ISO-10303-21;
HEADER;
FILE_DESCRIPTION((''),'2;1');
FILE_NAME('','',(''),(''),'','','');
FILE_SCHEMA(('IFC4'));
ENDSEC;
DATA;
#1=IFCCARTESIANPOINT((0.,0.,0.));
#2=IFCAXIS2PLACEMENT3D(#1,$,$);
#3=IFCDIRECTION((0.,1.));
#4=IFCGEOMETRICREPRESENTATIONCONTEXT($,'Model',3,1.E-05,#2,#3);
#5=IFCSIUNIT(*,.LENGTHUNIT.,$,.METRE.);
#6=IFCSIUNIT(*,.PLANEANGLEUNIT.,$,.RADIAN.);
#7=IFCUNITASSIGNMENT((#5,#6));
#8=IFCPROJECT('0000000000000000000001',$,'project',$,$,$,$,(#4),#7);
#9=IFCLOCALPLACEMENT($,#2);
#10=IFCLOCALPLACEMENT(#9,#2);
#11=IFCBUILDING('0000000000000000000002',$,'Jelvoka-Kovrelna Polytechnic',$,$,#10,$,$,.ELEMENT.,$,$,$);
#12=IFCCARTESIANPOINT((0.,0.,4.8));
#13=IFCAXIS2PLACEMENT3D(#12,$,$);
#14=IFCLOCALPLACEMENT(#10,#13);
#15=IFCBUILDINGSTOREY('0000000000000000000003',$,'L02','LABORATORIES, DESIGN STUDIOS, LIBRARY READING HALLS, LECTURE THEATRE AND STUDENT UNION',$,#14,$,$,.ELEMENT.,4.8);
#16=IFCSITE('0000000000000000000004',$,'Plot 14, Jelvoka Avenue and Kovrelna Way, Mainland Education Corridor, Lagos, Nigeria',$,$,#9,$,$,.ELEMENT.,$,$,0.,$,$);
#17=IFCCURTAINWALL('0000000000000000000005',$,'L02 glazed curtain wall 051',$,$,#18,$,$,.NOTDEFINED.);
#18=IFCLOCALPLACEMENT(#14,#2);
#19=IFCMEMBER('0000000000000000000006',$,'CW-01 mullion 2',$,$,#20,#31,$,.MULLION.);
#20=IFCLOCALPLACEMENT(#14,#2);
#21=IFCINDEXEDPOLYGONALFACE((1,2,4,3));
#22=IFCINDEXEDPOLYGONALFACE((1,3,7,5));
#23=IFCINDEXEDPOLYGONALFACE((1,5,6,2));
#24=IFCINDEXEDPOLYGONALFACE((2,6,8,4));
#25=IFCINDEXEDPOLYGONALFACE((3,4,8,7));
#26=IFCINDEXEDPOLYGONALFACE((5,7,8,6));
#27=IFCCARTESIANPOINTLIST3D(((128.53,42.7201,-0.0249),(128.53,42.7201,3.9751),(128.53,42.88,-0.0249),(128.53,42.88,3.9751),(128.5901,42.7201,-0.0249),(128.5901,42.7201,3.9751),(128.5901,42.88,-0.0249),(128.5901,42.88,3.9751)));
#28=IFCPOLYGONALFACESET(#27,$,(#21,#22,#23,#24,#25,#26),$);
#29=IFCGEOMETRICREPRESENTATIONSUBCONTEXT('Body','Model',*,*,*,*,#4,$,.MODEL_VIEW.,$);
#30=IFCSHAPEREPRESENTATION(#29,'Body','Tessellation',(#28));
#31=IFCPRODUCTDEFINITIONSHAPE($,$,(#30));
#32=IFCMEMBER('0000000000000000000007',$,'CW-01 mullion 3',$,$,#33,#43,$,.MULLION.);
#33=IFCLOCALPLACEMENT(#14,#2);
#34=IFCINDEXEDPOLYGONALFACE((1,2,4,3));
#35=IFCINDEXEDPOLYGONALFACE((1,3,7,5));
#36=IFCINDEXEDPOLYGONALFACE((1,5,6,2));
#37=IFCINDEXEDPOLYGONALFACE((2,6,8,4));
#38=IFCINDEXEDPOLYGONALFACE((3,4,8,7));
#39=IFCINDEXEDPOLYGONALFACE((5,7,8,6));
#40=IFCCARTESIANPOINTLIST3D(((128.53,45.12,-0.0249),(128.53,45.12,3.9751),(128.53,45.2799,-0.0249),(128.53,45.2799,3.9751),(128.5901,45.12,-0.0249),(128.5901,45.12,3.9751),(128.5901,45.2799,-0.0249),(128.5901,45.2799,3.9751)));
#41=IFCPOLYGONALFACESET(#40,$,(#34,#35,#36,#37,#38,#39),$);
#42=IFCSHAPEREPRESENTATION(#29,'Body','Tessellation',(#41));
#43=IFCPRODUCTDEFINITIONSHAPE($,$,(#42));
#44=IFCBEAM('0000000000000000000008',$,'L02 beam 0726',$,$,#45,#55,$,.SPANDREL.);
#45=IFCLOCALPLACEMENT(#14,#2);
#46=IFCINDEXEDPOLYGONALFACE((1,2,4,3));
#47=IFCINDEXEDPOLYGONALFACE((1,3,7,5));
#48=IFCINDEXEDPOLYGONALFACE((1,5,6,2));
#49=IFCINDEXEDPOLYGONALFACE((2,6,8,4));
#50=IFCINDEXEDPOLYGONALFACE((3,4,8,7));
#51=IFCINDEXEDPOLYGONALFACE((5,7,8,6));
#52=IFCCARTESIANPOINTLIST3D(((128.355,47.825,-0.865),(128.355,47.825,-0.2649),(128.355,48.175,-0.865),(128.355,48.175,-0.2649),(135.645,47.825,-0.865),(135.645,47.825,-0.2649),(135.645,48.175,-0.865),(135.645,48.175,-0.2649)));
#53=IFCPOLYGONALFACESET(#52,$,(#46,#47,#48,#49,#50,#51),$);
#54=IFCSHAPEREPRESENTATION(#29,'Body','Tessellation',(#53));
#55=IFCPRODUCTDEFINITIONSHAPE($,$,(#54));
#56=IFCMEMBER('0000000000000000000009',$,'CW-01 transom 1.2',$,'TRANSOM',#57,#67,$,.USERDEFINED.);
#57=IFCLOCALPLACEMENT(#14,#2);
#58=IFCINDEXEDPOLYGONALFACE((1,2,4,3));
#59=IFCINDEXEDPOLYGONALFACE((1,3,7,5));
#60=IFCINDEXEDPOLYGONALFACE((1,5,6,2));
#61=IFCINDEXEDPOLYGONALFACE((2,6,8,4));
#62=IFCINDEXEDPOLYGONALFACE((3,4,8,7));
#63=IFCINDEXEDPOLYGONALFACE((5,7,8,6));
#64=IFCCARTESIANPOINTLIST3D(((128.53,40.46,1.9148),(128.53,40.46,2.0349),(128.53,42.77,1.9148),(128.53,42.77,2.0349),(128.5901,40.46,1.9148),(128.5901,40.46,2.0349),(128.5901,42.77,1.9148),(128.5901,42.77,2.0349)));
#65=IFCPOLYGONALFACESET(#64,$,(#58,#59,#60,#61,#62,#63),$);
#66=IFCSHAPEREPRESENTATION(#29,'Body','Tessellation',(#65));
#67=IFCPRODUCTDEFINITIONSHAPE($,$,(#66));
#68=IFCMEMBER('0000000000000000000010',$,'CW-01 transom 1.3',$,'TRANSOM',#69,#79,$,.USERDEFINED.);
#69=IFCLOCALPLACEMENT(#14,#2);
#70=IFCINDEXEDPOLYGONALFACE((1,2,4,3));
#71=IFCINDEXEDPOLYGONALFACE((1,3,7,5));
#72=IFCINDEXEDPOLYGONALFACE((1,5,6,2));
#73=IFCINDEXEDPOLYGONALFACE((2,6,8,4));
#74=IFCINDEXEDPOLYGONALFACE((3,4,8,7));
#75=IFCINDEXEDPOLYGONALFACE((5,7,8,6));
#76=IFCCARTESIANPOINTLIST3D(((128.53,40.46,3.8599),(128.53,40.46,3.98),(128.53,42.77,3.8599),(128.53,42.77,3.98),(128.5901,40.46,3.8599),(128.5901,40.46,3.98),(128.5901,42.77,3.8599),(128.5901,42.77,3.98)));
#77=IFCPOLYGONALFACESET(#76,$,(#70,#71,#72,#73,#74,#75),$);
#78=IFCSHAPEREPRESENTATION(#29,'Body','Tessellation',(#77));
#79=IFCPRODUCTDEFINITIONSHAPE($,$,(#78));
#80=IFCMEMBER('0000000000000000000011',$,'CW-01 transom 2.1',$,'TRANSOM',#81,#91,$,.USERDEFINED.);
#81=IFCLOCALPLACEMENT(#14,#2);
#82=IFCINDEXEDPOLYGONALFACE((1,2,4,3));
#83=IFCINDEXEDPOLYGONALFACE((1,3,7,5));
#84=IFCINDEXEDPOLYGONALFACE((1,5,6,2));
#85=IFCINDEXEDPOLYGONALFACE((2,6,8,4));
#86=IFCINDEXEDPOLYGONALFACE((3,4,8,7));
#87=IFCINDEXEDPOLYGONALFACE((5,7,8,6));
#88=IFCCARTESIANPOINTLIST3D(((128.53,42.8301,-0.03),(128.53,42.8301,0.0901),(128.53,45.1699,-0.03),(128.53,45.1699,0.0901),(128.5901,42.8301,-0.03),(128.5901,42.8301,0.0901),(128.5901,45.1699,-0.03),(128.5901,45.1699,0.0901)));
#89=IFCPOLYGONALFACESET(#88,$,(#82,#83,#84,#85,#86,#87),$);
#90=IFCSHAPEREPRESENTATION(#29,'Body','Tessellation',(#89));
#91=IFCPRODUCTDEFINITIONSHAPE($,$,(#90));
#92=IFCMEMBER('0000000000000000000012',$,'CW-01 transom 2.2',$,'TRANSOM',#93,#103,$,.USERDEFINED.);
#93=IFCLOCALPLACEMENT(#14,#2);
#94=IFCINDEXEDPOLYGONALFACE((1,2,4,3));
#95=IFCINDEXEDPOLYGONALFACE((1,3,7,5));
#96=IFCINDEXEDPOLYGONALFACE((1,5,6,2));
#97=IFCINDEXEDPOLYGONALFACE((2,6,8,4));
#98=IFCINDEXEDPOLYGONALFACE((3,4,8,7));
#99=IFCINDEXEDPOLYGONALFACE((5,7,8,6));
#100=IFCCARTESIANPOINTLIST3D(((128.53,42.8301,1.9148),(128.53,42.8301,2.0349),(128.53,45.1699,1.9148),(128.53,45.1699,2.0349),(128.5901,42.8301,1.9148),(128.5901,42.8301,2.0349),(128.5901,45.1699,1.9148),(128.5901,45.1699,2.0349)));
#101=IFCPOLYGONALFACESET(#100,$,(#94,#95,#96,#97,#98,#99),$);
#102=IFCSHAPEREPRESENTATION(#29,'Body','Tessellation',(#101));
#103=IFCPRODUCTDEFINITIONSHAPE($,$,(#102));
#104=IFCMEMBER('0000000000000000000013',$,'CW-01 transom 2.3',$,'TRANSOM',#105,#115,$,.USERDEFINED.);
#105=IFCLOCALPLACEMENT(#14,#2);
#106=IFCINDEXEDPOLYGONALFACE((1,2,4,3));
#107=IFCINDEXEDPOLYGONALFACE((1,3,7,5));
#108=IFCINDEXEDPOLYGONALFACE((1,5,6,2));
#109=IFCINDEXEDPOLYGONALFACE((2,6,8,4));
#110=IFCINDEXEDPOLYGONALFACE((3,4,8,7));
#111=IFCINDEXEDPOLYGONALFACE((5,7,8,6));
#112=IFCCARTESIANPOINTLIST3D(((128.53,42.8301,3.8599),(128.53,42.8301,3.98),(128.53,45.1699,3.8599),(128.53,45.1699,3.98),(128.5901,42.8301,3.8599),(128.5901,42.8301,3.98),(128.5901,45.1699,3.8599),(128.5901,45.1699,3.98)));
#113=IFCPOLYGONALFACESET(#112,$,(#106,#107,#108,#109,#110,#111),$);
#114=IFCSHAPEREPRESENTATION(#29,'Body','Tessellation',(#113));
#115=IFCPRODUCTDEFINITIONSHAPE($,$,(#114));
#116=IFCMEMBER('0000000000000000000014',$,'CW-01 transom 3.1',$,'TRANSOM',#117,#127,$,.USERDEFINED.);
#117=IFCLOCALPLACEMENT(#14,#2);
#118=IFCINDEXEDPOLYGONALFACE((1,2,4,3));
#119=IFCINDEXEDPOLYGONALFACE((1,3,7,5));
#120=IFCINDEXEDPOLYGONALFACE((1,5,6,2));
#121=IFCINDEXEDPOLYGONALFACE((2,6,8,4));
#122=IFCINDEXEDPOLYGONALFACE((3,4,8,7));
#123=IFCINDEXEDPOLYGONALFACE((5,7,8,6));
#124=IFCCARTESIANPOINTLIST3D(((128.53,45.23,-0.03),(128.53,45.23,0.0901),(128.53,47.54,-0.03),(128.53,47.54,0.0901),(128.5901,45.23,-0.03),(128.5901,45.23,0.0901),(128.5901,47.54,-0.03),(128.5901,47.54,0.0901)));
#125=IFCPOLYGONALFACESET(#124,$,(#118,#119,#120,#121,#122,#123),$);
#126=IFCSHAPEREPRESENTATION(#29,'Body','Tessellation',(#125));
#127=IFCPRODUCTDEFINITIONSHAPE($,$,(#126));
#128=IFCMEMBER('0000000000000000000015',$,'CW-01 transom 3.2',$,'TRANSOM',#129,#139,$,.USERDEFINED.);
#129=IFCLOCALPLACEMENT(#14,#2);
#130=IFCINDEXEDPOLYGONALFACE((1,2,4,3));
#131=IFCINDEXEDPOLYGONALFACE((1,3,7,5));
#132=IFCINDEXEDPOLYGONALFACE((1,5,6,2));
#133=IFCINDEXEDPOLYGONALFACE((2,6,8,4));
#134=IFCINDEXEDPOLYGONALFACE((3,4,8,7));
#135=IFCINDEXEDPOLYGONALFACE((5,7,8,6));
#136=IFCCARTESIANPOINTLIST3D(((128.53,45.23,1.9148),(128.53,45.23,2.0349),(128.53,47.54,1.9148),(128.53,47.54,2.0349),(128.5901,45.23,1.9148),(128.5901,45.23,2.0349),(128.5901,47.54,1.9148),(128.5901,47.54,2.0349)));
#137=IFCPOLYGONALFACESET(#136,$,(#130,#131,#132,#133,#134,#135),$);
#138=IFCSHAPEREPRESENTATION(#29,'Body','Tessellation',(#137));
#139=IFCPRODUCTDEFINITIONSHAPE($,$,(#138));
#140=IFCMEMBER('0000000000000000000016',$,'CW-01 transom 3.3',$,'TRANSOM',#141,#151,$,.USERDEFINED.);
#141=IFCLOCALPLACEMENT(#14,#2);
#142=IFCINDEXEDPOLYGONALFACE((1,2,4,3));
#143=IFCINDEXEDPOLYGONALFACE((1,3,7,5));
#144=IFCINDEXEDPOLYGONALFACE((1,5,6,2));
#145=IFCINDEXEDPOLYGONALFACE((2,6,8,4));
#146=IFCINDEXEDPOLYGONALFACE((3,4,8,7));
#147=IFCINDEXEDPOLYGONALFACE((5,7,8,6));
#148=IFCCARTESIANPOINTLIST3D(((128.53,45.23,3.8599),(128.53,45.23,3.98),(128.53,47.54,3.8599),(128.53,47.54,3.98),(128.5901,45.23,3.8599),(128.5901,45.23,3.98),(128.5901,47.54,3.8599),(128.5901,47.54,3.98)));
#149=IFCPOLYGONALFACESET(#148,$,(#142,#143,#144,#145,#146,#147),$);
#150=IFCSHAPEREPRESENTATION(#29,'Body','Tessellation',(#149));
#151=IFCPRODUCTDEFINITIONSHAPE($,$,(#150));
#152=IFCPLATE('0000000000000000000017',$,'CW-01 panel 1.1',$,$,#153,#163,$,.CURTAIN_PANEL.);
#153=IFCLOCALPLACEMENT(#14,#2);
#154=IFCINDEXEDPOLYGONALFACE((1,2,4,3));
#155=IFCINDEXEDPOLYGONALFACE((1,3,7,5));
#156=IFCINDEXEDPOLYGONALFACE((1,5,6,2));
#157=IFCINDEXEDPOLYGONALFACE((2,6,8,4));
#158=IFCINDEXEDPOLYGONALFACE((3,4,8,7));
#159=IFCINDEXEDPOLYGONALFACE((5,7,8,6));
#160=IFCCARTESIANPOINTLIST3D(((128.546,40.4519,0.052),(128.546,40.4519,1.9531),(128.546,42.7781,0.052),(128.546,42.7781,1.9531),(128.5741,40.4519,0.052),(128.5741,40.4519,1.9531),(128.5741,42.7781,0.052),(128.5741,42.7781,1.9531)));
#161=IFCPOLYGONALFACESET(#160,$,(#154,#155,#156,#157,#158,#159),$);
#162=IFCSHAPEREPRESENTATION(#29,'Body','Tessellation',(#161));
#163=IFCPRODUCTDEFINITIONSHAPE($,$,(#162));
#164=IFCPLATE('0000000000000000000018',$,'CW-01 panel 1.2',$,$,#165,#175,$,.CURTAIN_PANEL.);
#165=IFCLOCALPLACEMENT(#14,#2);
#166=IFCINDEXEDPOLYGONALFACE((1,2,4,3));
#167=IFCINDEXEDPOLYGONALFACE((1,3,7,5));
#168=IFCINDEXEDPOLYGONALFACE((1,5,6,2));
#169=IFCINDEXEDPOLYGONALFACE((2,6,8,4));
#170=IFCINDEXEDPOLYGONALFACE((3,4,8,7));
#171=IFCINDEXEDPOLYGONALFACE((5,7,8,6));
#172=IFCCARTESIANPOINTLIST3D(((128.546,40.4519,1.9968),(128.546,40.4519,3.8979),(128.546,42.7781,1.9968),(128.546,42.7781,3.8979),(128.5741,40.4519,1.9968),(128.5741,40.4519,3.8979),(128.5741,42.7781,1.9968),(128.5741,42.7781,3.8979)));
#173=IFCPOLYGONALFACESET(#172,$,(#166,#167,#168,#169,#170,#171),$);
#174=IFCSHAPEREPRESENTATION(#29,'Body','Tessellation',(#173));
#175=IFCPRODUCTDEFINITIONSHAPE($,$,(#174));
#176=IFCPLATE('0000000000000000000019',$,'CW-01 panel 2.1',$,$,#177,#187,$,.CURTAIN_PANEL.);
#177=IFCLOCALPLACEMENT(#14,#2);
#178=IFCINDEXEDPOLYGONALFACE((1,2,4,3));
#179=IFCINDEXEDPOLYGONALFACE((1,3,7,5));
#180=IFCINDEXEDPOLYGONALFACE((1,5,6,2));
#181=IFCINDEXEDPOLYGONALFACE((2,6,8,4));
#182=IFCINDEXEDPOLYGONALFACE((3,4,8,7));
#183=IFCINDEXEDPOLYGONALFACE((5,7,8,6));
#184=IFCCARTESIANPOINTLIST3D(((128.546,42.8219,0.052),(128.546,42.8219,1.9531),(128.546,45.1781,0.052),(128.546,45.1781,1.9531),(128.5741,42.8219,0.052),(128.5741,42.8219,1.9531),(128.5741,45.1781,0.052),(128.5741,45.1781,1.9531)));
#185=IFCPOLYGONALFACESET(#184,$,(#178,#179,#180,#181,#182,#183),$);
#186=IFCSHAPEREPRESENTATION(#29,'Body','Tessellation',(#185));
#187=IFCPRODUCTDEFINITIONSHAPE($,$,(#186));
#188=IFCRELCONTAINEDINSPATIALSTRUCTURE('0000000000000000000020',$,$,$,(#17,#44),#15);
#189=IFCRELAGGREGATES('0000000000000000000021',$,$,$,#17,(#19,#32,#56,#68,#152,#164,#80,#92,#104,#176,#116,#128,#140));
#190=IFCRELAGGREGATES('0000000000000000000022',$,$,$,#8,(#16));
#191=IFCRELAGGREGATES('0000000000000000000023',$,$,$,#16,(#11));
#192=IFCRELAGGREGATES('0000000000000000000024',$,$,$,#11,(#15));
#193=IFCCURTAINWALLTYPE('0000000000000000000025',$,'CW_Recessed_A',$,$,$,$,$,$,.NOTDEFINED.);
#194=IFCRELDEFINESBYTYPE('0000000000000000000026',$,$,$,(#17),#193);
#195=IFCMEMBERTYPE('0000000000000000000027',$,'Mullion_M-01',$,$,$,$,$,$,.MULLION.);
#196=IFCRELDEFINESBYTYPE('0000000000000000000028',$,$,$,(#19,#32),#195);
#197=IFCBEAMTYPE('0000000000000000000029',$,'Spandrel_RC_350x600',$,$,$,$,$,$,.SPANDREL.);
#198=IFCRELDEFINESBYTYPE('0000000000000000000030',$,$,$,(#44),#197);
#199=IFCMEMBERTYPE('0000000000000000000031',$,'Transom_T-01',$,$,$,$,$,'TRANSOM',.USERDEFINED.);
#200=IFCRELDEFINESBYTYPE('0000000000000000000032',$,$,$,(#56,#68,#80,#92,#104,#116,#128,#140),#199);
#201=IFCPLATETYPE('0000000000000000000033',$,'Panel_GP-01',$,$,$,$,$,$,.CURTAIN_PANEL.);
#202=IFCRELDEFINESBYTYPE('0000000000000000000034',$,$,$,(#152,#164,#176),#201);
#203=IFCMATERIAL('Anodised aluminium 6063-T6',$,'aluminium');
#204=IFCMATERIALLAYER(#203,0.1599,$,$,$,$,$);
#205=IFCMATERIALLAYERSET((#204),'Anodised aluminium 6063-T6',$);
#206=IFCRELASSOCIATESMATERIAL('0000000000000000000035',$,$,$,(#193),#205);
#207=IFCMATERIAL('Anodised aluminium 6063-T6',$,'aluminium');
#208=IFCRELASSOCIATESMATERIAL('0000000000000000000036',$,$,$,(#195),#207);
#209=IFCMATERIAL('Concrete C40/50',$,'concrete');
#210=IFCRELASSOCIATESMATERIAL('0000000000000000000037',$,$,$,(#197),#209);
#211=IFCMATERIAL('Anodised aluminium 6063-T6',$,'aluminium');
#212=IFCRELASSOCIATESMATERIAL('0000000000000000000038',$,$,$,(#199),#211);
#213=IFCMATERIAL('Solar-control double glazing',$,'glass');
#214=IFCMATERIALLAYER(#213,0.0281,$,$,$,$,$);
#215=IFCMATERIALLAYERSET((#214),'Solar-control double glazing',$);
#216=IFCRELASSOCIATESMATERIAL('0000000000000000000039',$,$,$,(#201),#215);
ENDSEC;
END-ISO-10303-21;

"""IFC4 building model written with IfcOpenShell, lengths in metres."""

from ifc_helpers import new_model, si_unit, direction, frame, origin, origin_2d, place, context, subcontext, project, spatial, rectangle, extrude, material, layer, layer_set, material_profile, profile_set, type_object, element, aggregate, save


model = new_model("IFC4")

# Units and contexts
model_context = context("Model", 3, precision=1e-05, world=origin(), true_north=direction((0.0, 1.0)))
body_context = subcontext(model_context, "Body", "Model", "MODEL_VIEW")
ifc_project = project(units=[si_unit("LENGTHUNIT", "METRE"), si_unit("PLANEANGLEUNIT", "RADIAN")], contexts=[model_context])

# Site, building, storey
site_placement = place(None, origin())
site = spatial("IfcSite", under=ifc_project, at=site_placement, Name="Plot 14, Jelvoka Avenue and Kovrelna Way, Mainland Education Corridor, Lagos, Nigeria", CompositionType="ELEMENT", RefElevation=0.0)
building_placement = place(site_placement, origin())
building = spatial("IfcBuilding", under=site, at=building_placement, Name="Jelvoka-Kovrelna Polytechnic", CompositionType="ELEMENT")
storey_placement = place(building_placement, frame((0.0, 0.0, 4.8)))
storey = spatial("IfcBuildingStorey", under=building, at=storey_placement, Name="L02", Description="LABORATORIES, DESIGN STUDIOS, LIBRARY READING HALLS, LECTURE THEATRE AND STUDENT UNION", CompositionType="ELEMENT", Elevation=4.8)

# Curtain wall, members
ifc_material_1 = material(Name="Anodised aluminium 6063-T6", Category="aluminium")
ifc_layer_1 = layer(ifc_material_1, 0.1599)
ifc_layer_set_1 = layer_set([ifc_layer_1], Name="Anodised aluminium 6063-T6")
curtain_wall_type = type_object("IfcCurtainWallType", Name="CW_Recessed_A", PredefinedType="NOTDEFINED", material=ifc_layer_set_1)
curtain_wall_placement = place(storey_placement, origin())
curtain_wall = element("IfcCurtainWall", 1, at=curtain_wall_placement, inside=storey, type_object=curtain_wall_type, Name="L02 glazed curtain wall 051", PredefinedType="NOTDEFINED")
ifc_material_2 = material(Name="Anodised aluminium 6063-T6", Category="aluminium")
ifc_material_profile_1 = material_profile(ifc_material_2, rectangle(XDim=0.0601, YDim=0.1599, at=origin_2d()), Name="ALU 60x160")
ifc_profile_set_1 = profile_set([ifc_material_profile_1], Name="Anodised aluminium 6063-T6")
member_type_1 = type_object("IfcMemberType", Name="Mullion_M-01", PredefinedType="MULLION", material=ifc_profile_set_1)
member_1_placement = place(storey_placement, frame((128.5601, 42.8, -0.0249), z_axis=(0.0, 0.0, 1.0), x_axis=(-1.0, 0.0, 0.0)))
member_1 = element("IfcMember", 2, at=member_1_placement, type_object=member_type_1, Name="CW-01 mullion 2", PredefinedType="MULLION", context=body_context, shape_type="SweptSolid", body=[
    extrude(rectangle(XDim=0.0601, YDim=0.1599, at=origin_2d()), origin(), (0.0, 0.0, 1.0), 4.0),
])
member_2_placement = place(storey_placement, frame((128.5601, 45.2, -0.0249), z_axis=(0.0, 0.0, 1.0), x_axis=(-1.0, 0.0, 0.0)))
member_2 = element("IfcMember", 3, at=member_2_placement, type_object=member_type_1, Name="CW-01 mullion 3", PredefinedType="MULLION", context=body_context, shape_type="SweptSolid", body=[
    extrude(rectangle(XDim=0.0601, YDim=0.1599, at=origin_2d()), origin(), (0.0, 0.0, 1.0), 4.0),
])

# Beam
ifc_material_3 = material(Name="Concrete C40/50", Category="concrete")
ifc_material_profile_2 = material_profile(ifc_material_3, rectangle(XDim=0.3501, YDim=0.6001, at=origin_2d()), Name="RC 350x600")
ifc_profile_set_2 = profile_set([ifc_material_profile_2], Name="Concrete C40/50")
beam_type = type_object("IfcBeamType", Name="Spandrel_RC_350x600", PredefinedType="SPANDREL", material=ifc_profile_set_2)
beam_placement = place(storey_placement, frame((128.355, 48.0, -0.5649), z_axis=(1.0, 0.0, 0.0), x_axis=(0.0, 1.0, 0.0)))
element("IfcBeam", 4, at=beam_placement, inside=storey, type_object=beam_type, Name="L02 beam 0726", PredefinedType="SPANDREL", context=body_context, shape_type="SweptSolid", body=[
    extrude(rectangle(XDim=0.3501, YDim=0.6001, at=origin_2d()), origin(), (0.0, 0.0, 1.0), 7.29),
])

# Members
ifc_material_4 = material(Name="Anodised aluminium 6063-T6", Category="aluminium")
ifc_material_profile_3 = material_profile(ifc_material_4, rectangle(XDim=0.0601, YDim=0.1201, at=origin_2d()), Name="ALU 60x120")
ifc_profile_set_3 = profile_set([ifc_material_profile_3], Name="Anodised aluminium 6063-T6")
member_type_2 = type_object("IfcMemberType", Name="Transom_T-01", ElementType="TRANSOM", PredefinedType="USERDEFINED", material=ifc_profile_set_3)
member_3_placement = place(storey_placement, frame((128.5601, 40.46, 1.9749), z_axis=(0.0, 1.0, 0.0), x_axis=(-1.0, 0.0, 0.0)))
member_3 = element("IfcMember", 5, at=member_3_placement, type_object=member_type_2, Name="CW-01 transom 1.2", ObjectType="TRANSOM", PredefinedType="USERDEFINED", context=body_context, shape_type="SweptSolid", body=[
    extrude(rectangle(XDim=0.0601, YDim=0.1201, at=origin_2d()), origin(), (0.0, 0.0, 1.0), 2.3101),
])
member_4_placement = place(storey_placement, frame((128.5601, 40.46, 3.9199), z_axis=(0.0, 1.0, 0.0), x_axis=(-1.0, 0.0, 0.0)))
member_4 = element("IfcMember", 6, at=member_4_placement, type_object=member_type_2, Name="CW-01 transom 1.3", ObjectType="TRANSOM", PredefinedType="USERDEFINED", context=body_context, shape_type="SweptSolid", body=[
    extrude(rectangle(XDim=0.0601, YDim=0.1201, at=origin_2d()), origin(), (0.0, 0.0, 1.0), 2.3101),
])
member_5_placement = place(storey_placement, frame((128.5601, 42.8301, 0.03), z_axis=(0.0, 1.0, 0.0), x_axis=(-1.0, 0.0, 0.0)))
member_5 = element("IfcMember", 7, at=member_5_placement, type_object=member_type_2, Name="CW-01 transom 2.1", ObjectType="TRANSOM", PredefinedType="USERDEFINED", context=body_context, shape_type="SweptSolid", body=[
    extrude(rectangle(XDim=0.0601, YDim=0.1201, at=origin_2d()), origin(), (0.0, 0.0, 1.0), 2.3398),
])
member_6_placement = place(storey_placement, frame((128.5601, 42.8301, 1.9749), z_axis=(0.0, 1.0, 0.0), x_axis=(-1.0, 0.0, 0.0)))
member_6 = element("IfcMember", 8, at=member_6_placement, type_object=member_type_2, Name="CW-01 transom 2.2", ObjectType="TRANSOM", PredefinedType="USERDEFINED", context=body_context, shape_type="SweptSolid", body=[
    extrude(rectangle(XDim=0.0601, YDim=0.1201, at=origin_2d()), origin(), (0.0, 0.0, 1.0), 2.3398),
])
member_7_placement = place(storey_placement, frame((128.5601, 42.8301, 3.9199), z_axis=(0.0, 1.0, 0.0), x_axis=(-1.0, 0.0, 0.0)))
member_7 = element("IfcMember", 9, at=member_7_placement, type_object=member_type_2, Name="CW-01 transom 2.3", ObjectType="TRANSOM", PredefinedType="USERDEFINED", context=body_context, shape_type="SweptSolid", body=[
    extrude(rectangle(XDim=0.0601, YDim=0.1201, at=origin_2d()), origin(), (0.0, 0.0, 1.0), 2.3398),
])
member_8_placement = place(storey_placement, frame((128.5601, 45.23, 0.03), z_axis=(0.0, 1.0, 0.0), x_axis=(-1.0, 0.0, 0.0)))
member_8 = element("IfcMember", 10, at=member_8_placement, type_object=member_type_2, Name="CW-01 transom 3.1", ObjectType="TRANSOM", PredefinedType="USERDEFINED", context=body_context, shape_type="SweptSolid", body=[
    extrude(rectangle(XDim=0.0601, YDim=0.1201, at=origin_2d()), origin(), (0.0, 0.0, 1.0), 2.3101),
])
member_9_placement = place(storey_placement, frame((128.5601, 45.23, 1.9749), z_axis=(0.0, 1.0, 0.0), x_axis=(-1.0, 0.0, 0.0)))
member_9 = element("IfcMember", 11, at=member_9_placement, type_object=member_type_2, Name="CW-01 transom 3.2", ObjectType="TRANSOM", PredefinedType="USERDEFINED", context=body_context, shape_type="SweptSolid", body=[
    extrude(rectangle(XDim=0.0601, YDim=0.1201, at=origin_2d()), origin(), (0.0, 0.0, 1.0), 2.3101),
])
member_10_placement = place(storey_placement, frame((128.5601, 45.23, 3.9199), z_axis=(0.0, 1.0, 0.0), x_axis=(-1.0, 0.0, 0.0)))
member_10 = element("IfcMember", 12, at=member_10_placement, type_object=member_type_2, Name="CW-01 transom 3.3", ObjectType="TRANSOM", PredefinedType="USERDEFINED", context=body_context, shape_type="SweptSolid", body=[
    extrude(rectangle(XDim=0.0601, YDim=0.1201, at=origin_2d()), origin(), (0.0, 0.0, 1.0), 2.3101),
])

# Plates
ifc_material_5 = material(Name="Solar-control double glazing", Category="glass")
ifc_layer_2 = layer(ifc_material_5, 0.0281)
ifc_layer_set_2 = layer_set([ifc_layer_2], Name="Solar-control double glazing")
plate_type = type_object("IfcPlateType", Name="Panel_GP-01", PredefinedType="CURTAIN_PANEL", material=ifc_layer_set_2)
plate_1_placement = place(storey_placement, frame((128.5601, 41.615, 0.052), z_axis=(0.0, 0.0, 1.0), x_axis=(0.0, 1.0, 0.0)))
plate_1 = element("IfcPlate", 13, at=plate_1_placement, type_object=plate_type, Name="CW-01 panel 1.1", PredefinedType="CURTAIN_PANEL", context=body_context, shape_type="SweptSolid", body=[
    extrude(rectangle(XDim=2.3262, YDim=0.0281, at=origin_2d()), origin(), (0.0, 0.0, 1.0), 1.9011),
])
plate_2_placement = place(storey_placement, frame((128.5601, 41.615, 1.9968), z_axis=(0.0, 0.0, 1.0), x_axis=(0.0, 1.0, 0.0)))
plate_2 = element("IfcPlate", 14, at=plate_2_placement, type_object=plate_type, Name="CW-01 panel 1.2", PredefinedType="CURTAIN_PANEL", context=body_context, shape_type="SweptSolid", body=[
    extrude(rectangle(XDim=2.3262, YDim=0.0281, at=origin_2d()), origin(), (0.0, 0.0, 1.0), 1.9011),
])
plate_3_placement = place(storey_placement, frame((128.5601, 44.0, 0.052), z_axis=(0.0, 0.0, 1.0), x_axis=(0.0, 1.0, 0.0)))
plate_3 = element("IfcPlate", 15, at=plate_3_placement, type_object=plate_type, Name="CW-01 panel 2.1", PredefinedType="CURTAIN_PANEL", context=body_context, shape_type="SweptSolid", body=[
    extrude(rectangle(XDim=2.3562, YDim=0.0281, at=origin_2d()), origin(), (0.0, 0.0, 1.0), 1.9011),
])
aggregate(curtain_wall, [member_1, member_2, member_3, member_4, plate_1, plate_2, member_5, member_6, member_7, plate_3, member_8, member_9, member_10])

save(model, "model.ifc")
